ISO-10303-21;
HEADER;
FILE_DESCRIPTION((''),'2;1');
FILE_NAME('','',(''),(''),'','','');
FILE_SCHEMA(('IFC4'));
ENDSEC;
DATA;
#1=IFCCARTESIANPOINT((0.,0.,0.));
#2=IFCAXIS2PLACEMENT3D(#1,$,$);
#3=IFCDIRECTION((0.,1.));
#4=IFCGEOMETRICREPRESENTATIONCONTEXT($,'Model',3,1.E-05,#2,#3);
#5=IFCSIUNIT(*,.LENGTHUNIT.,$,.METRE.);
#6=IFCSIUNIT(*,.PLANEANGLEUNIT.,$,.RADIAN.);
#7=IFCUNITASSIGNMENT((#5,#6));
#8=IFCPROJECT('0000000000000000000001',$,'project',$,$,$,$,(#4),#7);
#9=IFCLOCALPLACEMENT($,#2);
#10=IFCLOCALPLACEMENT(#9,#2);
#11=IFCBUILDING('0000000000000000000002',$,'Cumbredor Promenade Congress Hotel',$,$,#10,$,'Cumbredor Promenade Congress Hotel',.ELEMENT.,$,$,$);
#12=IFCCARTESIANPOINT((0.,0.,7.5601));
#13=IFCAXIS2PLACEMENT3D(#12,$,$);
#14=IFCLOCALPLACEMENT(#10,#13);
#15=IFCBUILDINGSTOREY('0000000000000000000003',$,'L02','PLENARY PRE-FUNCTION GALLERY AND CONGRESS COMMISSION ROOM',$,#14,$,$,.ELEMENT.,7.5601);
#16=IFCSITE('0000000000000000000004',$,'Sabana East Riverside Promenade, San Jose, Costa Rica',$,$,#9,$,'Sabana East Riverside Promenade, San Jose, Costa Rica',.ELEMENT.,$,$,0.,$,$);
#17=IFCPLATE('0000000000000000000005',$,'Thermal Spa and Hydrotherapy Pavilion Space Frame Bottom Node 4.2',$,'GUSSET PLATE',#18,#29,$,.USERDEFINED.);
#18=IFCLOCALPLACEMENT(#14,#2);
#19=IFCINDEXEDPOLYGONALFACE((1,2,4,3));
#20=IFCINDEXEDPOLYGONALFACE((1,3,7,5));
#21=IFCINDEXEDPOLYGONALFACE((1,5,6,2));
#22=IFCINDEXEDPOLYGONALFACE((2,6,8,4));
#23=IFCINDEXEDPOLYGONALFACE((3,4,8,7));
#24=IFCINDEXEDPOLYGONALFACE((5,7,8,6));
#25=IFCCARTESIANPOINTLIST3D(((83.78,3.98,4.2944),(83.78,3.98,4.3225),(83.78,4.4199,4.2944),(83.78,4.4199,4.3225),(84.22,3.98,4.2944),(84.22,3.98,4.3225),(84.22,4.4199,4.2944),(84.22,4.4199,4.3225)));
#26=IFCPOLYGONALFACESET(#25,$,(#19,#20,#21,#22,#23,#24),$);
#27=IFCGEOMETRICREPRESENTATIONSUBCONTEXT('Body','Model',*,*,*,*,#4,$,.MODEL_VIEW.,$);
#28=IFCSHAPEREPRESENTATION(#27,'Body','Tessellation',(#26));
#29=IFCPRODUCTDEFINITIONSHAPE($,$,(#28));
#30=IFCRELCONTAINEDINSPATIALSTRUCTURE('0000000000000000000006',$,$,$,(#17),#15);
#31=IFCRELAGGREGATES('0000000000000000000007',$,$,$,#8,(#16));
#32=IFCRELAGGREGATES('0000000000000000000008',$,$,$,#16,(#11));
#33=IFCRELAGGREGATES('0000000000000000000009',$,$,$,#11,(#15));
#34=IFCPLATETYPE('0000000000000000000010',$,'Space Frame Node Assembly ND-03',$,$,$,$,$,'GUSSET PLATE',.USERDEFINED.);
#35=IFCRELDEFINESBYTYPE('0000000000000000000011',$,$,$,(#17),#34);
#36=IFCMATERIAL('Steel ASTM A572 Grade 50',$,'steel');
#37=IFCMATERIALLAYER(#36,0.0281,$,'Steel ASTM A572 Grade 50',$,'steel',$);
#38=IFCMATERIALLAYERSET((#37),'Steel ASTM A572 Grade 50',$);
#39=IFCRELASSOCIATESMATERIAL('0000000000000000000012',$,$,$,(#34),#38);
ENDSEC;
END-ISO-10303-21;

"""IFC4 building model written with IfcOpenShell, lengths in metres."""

from ifc_helpers import new_model, si_unit, direction, frame, origin, origin_2d, place, context, subcontext, project, spatial, rectangle, extrude, material, layer, layer_set, type_object, element, save


model = new_model("IFC4")

# Units and contexts
model_context = context("Model", 3, precision=1e-05, world=origin(), true_north=direction((0.0, 1.0)))
body_context = subcontext(model_context, "Body", "Model", "MODEL_VIEW")
ifc_project = project(units=[si_unit("LENGTHUNIT", "METRE"), si_unit("PLANEANGLEUNIT", "RADIAN")], contexts=[model_context])

# Site, building, storey
site_placement = place(None, origin())
site = spatial("IfcSite", under=ifc_project, at=site_placement, Name="Sabana East Riverside Promenade, San Jose, Costa Rica", LongName="Sabana East Riverside Promenade, San Jose, Costa Rica", CompositionType="ELEMENT", RefElevation=0.0)
building_placement = place(site_placement, origin())
building = spatial("IfcBuilding", under=site, at=building_placement, Name="Cumbredor Promenade Congress Hotel", LongName="Cumbredor Promenade Congress Hotel", CompositionType="ELEMENT")
storey_placement = place(building_placement, frame((0.0, 0.0, 7.5601)))
storey = spatial("IfcBuildingStorey", under=building, at=storey_placement, Name="L02", Description="PLENARY PRE-FUNCTION GALLERY AND CONGRESS COMMISSION ROOM", CompositionType="ELEMENT", Elevation=7.5601)

# Plate
ifc_material_1 = material(Name="Steel ASTM A572 Grade 50", Category="steel")
ifc_layer_1 = layer(ifc_material_1, 0.0281, Name="Steel ASTM A572 Grade 50", Category="steel")
ifc_layer_set_1 = layer_set([ifc_layer_1], Name="Steel ASTM A572 Grade 50")
plate_type_1 = type_object("IfcPlateType", Name="Space Frame Node Assembly ND-03", ElementType="GUSSET PLATE", PredefinedType="USERDEFINED", material=ifc_layer_set_1)
for number, where, z_axis, x_axis, name in (
    (1, (84.0, 4.2, 4.2944), (0.0, 0.0, 1.0), (1.0, 0.0, 0.0), "Thermal Spa and Hydrotherapy Pavilion Space Frame Bottom Node 4.2"),
):
    element("IfcPlate", number, at=place(storey_placement, frame(where, z_axis=z_axis, x_axis=x_axis)), inside=storey, type_object=plate_type_1, Name=name, ObjectType="GUSSET PLATE", PredefinedType="USERDEFINED", context=body_context, shape_type="SweptSolid", body=[
        extrude(rectangle(XDim=0.4399, YDim=0.4399, at=origin_2d()), origin(), (0.0, 0.0, 1.0), 0.0281),
    ])

save(model, "model.ifc")
